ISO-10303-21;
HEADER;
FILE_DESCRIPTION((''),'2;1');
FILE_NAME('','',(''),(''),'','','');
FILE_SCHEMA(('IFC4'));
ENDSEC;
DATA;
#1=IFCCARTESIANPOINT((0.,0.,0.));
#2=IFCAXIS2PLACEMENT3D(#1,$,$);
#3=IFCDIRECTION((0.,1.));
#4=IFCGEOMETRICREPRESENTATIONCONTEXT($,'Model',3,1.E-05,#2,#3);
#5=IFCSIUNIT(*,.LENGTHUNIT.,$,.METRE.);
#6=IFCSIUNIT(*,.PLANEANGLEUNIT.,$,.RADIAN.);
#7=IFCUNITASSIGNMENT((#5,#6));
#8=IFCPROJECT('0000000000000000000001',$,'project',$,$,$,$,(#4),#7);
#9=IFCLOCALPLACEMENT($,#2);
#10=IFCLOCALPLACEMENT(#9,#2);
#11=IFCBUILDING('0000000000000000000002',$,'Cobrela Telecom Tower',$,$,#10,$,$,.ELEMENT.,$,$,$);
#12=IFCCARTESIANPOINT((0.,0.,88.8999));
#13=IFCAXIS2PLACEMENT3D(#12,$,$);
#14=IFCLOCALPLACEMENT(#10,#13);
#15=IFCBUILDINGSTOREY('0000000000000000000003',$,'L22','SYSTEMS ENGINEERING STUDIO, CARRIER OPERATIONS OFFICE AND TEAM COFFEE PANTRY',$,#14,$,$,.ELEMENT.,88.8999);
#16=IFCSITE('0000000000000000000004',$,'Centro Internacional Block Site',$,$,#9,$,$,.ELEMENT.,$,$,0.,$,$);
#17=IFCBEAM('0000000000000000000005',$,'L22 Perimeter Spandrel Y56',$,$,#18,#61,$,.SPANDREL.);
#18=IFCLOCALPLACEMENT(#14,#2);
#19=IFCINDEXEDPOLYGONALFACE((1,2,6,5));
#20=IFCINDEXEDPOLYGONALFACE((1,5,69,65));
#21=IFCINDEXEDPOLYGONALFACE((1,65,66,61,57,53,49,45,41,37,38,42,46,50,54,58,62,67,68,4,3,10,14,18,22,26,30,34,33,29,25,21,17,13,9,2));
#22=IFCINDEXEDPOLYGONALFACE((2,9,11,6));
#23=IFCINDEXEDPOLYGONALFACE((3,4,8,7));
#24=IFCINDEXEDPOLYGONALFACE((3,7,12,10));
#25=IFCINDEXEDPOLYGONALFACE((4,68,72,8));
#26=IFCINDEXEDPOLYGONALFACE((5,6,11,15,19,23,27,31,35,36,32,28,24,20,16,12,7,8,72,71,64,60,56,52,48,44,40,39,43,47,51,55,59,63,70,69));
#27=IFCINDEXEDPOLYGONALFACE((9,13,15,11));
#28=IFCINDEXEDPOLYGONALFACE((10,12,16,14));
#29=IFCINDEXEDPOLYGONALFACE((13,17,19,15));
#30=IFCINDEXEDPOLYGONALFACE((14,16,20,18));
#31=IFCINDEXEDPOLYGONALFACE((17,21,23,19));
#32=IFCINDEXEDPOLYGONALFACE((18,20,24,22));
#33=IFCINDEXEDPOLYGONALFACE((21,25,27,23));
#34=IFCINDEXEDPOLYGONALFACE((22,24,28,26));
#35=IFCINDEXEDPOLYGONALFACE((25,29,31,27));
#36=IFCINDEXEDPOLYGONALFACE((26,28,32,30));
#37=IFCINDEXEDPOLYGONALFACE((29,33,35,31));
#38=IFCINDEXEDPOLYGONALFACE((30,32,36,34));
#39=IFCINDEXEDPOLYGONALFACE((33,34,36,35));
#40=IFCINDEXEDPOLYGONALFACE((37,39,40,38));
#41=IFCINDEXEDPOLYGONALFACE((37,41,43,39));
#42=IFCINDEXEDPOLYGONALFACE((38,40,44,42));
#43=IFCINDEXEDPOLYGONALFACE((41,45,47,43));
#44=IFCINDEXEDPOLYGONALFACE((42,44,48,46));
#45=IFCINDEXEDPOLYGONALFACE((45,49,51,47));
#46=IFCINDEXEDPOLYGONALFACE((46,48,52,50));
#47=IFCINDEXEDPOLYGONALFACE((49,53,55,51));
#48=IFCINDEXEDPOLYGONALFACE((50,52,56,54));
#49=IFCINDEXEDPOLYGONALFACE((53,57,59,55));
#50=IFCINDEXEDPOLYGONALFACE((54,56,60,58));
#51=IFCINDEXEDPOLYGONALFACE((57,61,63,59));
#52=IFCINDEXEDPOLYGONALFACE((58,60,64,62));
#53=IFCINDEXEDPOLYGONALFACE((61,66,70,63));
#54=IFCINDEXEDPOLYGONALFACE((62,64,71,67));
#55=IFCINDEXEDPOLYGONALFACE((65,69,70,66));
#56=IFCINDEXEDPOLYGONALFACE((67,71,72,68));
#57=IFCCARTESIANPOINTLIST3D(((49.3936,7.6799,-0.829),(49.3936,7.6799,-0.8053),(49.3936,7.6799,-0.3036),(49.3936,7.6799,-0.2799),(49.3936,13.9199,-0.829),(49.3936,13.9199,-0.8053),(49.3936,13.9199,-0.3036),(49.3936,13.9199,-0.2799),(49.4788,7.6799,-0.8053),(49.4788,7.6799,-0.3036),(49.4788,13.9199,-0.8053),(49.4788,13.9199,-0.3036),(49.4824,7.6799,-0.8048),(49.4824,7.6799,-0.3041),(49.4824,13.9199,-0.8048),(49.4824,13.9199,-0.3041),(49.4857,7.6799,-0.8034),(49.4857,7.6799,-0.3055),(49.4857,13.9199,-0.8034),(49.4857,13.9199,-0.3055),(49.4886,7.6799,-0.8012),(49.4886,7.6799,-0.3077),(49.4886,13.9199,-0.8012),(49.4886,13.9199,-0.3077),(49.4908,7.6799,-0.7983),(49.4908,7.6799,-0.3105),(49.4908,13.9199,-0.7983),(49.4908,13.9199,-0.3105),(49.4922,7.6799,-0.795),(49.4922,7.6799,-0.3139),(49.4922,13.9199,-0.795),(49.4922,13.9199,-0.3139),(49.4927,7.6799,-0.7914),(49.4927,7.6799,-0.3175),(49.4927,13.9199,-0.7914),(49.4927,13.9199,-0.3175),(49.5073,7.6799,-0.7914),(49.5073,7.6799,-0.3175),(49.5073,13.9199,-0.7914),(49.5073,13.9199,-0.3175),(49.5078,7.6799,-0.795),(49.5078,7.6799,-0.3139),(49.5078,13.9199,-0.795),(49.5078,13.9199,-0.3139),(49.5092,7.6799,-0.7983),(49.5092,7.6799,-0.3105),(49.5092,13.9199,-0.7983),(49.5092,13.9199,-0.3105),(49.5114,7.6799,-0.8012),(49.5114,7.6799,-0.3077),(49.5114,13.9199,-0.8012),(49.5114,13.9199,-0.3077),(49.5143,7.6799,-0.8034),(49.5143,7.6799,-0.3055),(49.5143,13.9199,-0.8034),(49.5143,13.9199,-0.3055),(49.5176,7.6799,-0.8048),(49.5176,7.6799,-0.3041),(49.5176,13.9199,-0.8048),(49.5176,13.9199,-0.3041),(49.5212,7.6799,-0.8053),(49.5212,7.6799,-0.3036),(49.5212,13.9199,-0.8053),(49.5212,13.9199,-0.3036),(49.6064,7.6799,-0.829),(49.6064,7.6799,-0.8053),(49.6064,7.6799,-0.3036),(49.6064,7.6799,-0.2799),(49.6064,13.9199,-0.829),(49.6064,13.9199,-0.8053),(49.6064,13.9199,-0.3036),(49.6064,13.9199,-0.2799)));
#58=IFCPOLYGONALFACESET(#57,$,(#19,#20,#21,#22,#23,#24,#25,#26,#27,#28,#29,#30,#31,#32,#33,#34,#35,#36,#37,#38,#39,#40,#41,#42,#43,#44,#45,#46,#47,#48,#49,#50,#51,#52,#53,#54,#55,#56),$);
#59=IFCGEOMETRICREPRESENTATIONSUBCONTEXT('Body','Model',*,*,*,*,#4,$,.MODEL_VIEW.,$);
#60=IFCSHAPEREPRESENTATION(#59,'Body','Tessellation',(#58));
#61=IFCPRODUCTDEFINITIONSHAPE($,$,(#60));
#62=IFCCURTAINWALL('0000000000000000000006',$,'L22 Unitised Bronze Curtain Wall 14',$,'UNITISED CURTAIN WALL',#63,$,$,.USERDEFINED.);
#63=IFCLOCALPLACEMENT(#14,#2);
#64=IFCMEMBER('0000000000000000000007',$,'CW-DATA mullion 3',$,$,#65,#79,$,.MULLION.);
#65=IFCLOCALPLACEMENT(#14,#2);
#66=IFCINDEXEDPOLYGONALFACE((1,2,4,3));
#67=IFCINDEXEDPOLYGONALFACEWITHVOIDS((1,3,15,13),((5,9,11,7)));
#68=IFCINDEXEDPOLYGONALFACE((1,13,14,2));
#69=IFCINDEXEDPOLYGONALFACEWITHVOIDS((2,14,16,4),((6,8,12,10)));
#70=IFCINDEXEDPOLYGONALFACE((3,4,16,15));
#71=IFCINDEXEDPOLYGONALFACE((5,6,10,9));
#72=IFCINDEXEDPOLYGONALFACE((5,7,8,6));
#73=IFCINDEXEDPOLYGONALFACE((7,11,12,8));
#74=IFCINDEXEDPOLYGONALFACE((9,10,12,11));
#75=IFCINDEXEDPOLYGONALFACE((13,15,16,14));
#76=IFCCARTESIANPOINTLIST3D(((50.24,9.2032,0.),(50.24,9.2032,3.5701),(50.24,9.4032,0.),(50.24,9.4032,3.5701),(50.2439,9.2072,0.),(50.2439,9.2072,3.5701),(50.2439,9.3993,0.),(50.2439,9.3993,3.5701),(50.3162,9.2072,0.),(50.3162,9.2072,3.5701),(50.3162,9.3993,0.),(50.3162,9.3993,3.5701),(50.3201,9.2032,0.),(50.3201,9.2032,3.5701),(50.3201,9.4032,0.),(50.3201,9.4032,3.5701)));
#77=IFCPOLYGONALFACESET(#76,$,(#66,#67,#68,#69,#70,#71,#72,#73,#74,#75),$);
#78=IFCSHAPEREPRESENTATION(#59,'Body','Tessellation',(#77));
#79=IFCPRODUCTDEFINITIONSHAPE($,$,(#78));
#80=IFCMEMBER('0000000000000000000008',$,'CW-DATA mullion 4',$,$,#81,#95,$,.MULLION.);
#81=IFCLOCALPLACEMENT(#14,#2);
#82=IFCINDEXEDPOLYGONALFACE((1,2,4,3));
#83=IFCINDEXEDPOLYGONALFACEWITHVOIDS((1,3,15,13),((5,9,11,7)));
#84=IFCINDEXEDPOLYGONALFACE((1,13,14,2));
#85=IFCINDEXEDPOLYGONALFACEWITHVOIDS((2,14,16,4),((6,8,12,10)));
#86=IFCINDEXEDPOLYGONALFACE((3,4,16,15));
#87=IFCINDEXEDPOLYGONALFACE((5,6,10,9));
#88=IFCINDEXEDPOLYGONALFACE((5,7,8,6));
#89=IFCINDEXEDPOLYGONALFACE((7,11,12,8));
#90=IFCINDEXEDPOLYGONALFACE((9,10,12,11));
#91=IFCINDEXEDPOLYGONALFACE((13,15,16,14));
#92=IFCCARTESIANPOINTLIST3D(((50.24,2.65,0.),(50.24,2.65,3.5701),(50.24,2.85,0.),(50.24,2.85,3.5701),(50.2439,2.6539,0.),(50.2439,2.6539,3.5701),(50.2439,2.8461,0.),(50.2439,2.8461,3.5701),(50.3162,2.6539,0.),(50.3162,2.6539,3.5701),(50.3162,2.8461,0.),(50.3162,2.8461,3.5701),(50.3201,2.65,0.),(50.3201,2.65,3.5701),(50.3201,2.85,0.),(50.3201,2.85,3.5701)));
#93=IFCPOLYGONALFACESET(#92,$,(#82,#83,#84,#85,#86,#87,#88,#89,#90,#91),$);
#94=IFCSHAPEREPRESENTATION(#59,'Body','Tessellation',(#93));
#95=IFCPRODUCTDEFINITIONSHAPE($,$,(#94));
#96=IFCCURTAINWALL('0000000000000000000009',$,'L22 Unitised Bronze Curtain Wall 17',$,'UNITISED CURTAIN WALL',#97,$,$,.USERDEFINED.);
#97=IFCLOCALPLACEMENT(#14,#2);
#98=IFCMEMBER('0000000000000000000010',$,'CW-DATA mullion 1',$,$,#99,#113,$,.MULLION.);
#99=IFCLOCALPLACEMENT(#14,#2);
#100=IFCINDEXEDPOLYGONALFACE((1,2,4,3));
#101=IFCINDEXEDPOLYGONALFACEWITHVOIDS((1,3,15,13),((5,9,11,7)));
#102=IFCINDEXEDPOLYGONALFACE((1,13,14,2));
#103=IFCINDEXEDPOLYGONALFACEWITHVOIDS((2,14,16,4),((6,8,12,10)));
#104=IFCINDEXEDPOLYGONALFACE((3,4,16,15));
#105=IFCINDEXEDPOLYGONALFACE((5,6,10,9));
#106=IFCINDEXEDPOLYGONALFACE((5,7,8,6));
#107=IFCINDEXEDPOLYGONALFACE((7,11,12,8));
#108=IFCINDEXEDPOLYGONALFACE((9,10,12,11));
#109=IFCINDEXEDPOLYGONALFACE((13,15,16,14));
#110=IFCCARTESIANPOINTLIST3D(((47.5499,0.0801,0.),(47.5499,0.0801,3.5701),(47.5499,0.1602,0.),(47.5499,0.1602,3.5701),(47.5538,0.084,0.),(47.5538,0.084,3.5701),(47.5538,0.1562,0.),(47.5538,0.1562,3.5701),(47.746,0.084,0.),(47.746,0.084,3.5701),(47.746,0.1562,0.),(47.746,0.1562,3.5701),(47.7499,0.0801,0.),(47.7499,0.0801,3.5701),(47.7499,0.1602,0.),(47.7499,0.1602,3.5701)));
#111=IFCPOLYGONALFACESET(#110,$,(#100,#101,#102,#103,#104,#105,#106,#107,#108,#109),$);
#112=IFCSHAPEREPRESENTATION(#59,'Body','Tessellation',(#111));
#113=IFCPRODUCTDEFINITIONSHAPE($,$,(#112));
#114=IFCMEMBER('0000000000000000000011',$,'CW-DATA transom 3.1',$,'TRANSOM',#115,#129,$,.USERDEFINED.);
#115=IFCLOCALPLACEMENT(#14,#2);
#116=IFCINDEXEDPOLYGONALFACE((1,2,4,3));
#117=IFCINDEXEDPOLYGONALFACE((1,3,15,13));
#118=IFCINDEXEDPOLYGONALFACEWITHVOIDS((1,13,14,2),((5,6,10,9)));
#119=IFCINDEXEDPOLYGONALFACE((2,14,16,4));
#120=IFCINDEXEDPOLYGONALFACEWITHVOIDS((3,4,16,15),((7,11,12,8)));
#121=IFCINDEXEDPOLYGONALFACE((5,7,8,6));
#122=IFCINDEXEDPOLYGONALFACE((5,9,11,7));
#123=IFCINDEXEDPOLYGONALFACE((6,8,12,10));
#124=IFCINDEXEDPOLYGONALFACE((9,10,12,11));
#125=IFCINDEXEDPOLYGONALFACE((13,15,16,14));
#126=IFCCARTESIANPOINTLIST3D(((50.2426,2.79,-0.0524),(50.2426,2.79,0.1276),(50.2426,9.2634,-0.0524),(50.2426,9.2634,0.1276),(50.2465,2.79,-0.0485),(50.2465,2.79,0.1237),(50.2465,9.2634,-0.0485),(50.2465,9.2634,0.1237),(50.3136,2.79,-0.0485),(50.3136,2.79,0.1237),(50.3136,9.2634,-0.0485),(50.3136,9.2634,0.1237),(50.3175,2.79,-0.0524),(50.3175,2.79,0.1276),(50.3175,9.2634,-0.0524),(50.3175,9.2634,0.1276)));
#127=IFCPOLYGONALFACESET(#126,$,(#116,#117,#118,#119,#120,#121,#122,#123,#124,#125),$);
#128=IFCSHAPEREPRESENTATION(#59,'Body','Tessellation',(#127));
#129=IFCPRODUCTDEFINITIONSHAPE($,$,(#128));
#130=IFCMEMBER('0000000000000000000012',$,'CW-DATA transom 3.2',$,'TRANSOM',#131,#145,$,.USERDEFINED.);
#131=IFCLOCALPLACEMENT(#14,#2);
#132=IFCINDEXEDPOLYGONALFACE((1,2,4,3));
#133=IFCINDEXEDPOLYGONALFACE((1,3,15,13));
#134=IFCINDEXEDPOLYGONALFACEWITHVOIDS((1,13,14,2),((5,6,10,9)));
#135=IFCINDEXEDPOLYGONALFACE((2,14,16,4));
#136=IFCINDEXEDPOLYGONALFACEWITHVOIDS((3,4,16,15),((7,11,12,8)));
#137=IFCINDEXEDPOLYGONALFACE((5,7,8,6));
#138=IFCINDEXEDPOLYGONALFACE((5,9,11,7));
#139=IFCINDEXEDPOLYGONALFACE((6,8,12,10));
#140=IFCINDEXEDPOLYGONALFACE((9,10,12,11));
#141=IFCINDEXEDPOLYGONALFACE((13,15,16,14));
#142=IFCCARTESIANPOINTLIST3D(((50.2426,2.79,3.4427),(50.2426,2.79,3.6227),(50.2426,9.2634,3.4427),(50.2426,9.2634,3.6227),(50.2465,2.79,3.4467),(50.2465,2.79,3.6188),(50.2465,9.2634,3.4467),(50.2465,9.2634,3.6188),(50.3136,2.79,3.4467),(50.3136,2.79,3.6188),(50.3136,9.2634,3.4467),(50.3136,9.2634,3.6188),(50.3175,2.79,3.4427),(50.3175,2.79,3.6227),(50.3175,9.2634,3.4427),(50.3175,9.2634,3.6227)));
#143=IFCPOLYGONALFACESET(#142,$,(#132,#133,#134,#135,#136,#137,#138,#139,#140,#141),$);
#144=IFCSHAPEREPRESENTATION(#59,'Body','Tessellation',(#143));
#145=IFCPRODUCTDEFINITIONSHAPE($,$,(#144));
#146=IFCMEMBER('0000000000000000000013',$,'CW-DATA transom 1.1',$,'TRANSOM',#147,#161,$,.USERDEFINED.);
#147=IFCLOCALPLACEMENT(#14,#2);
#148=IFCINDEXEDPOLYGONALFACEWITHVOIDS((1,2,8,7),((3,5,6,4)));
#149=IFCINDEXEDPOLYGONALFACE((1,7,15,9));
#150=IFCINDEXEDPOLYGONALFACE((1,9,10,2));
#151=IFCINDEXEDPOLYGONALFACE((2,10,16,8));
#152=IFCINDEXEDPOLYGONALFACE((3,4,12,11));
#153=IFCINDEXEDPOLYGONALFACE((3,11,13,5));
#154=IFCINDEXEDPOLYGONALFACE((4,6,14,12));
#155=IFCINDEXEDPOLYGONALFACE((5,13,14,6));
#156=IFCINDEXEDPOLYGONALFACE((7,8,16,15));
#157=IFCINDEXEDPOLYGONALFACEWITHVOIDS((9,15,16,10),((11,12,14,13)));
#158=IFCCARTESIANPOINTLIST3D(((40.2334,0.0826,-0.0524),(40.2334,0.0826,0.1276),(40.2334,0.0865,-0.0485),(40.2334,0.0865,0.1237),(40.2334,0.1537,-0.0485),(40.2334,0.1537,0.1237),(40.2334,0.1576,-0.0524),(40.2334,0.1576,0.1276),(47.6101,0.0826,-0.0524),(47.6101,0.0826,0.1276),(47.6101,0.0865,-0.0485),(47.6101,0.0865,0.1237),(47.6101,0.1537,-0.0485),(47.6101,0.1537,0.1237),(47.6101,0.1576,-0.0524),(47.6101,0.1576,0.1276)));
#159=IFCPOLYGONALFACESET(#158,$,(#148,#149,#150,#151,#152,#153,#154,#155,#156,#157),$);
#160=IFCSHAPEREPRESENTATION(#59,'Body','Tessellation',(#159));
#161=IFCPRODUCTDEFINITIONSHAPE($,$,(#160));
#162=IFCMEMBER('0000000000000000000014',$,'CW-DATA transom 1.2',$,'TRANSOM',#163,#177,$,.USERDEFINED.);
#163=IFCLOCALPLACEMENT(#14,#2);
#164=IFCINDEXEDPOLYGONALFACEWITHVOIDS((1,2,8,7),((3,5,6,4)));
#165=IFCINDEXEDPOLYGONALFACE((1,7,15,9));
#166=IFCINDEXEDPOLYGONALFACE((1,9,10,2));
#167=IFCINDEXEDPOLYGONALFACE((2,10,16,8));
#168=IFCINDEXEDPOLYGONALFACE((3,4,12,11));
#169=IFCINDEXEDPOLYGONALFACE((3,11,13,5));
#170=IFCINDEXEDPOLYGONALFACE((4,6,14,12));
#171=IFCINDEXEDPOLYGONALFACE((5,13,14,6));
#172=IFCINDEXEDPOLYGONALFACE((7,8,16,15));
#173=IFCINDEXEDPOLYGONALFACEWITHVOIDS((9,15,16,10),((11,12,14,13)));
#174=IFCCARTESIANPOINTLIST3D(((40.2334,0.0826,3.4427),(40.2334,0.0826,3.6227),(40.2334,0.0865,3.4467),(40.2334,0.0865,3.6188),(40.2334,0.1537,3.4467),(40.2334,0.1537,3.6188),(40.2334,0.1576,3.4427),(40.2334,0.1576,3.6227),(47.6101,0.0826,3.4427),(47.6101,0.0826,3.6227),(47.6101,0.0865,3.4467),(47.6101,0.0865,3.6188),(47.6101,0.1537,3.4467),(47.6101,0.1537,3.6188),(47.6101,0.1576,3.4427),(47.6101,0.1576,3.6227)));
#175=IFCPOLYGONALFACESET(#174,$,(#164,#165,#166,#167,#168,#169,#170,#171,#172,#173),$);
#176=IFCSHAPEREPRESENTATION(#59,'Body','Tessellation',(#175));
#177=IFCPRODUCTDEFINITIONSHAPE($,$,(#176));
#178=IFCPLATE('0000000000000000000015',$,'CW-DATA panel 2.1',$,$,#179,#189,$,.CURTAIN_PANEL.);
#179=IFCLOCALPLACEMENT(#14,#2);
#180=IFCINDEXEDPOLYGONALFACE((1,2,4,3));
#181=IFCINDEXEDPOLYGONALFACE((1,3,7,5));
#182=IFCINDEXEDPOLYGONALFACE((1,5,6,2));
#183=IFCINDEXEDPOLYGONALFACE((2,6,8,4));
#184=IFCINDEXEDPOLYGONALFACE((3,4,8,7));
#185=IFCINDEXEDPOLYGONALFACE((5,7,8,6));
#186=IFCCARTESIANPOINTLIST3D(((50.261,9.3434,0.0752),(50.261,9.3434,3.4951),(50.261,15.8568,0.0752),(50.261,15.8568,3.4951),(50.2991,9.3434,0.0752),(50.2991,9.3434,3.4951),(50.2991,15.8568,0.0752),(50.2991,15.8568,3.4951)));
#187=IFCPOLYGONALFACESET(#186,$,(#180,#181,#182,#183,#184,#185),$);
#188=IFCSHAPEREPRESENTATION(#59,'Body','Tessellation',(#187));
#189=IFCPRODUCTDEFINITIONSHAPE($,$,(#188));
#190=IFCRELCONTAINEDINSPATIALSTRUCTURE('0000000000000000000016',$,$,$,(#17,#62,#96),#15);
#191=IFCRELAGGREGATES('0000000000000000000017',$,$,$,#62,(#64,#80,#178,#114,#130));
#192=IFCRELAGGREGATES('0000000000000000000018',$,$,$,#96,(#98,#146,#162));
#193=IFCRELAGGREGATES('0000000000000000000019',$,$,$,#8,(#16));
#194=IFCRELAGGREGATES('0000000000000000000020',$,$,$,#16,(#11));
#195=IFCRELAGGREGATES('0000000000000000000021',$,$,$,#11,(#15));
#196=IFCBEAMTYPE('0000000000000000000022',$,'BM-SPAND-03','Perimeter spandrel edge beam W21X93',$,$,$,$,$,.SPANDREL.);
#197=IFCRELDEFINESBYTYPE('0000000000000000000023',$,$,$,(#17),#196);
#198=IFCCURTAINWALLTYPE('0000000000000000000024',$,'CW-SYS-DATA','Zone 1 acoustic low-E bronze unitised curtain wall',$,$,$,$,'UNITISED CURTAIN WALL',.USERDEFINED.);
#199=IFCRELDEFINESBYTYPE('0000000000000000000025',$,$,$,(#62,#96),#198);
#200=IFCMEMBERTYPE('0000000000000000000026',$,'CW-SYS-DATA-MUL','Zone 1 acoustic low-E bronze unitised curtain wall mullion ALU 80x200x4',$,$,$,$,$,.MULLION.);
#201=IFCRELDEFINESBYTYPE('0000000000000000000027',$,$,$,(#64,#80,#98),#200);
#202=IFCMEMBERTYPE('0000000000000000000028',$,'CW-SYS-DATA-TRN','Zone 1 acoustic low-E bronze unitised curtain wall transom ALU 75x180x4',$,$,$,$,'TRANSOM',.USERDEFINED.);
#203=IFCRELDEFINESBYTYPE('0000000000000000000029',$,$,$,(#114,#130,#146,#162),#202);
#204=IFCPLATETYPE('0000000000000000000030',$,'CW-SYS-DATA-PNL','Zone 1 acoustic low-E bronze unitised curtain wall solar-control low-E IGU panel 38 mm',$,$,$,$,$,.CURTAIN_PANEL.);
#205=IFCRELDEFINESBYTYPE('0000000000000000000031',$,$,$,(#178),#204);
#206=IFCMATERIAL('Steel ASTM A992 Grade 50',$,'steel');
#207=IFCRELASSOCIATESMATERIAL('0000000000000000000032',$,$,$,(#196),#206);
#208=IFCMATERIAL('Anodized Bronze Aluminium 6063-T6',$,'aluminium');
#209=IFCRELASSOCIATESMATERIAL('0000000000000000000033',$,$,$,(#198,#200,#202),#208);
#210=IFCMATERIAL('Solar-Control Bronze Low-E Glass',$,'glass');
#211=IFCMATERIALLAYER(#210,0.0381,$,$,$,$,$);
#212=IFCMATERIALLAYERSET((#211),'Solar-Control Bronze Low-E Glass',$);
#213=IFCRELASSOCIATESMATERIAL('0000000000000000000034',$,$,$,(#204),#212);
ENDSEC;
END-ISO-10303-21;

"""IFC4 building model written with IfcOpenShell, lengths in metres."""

from ifc_helpers import new_model, si_unit, direction, frame, origin, origin_2d, place, context, subcontext, project, spatial, rectangle, hollow_rectangle, i_section, extrude, material, layer, layer_set, material_profile, profile_set, type_object, element, aggregate, save


model = new_model("IFC4")

# Units and contexts
model_context = context("Model", 3, precision=1e-05, world=origin(), true_north=direction((0.0, 1.0)))
body_context = subcontext(model_context, "Body", "Model", "MODEL_VIEW")
ifc_project = project(units=[si_unit("LENGTHUNIT", "METRE"), si_unit("PLANEANGLEUNIT", "RADIAN")], contexts=[model_context])

# Site, building, storey
site_placement = place(None, origin())
site = spatial("IfcSite", under=ifc_project, at=site_placement, Name="Centro Internacional Block Site", CompositionType="ELEMENT", RefElevation=0.0)
building_placement = place(site_placement, origin())
building = spatial("IfcBuilding", under=site, at=building_placement, Name="Cobrela Telecom Tower", CompositionType="ELEMENT")
storey_placement = place(building_placement, frame((0.0, 0.0, 88.8999)))
storey = spatial("IfcBuildingStorey", under=building, at=storey_placement, Name="L22", Description="SYSTEMS ENGINEERING STUDIO, CARRIER OPERATIONS OFFICE AND TEAM COFFEE PANTRY", CompositionType="ELEMENT", Elevation=88.8999)

# Shared definitions
ifc_material_1 = material(Name="Steel ASTM A992 Grade 50", Category="steel")

# Beam
ifc_material_profile_1 = material_profile(ifc_material_1, i_section(OverallWidth=0.2129, OverallDepth=0.5491, WebThickness=0.0146, FlangeThickness=0.0237, FilletRadius=0.0139, at=origin_2d()), Name="W21X93")
ifc_profile_set_1 = profile_set([ifc_material_profile_1], Name="Steel ASTM A992 Grade 50")
beam_type_1 = type_object("IfcBeamType", Name="BM-SPAND-03", Description="Perimeter spandrel edge beam W21X93", PredefinedType="SPANDREL", material=ifc_profile_set_1)
beam_1_placement = place(storey_placement, frame((49.5, 7.6799, -0.5544), z_axis=(0.0, 1.0, 0.0), x_axis=(-1.0, 0.0, 0.0)))
element("IfcBeam", 1, at=beam_1_placement, inside=storey, type_object=beam_type_1, Name="L22 Perimeter Spandrel Y56", PredefinedType="SPANDREL", context=body_context, shape_type="SweptSolid", body=[
    extrude(i_section(OverallWidth=0.2129, OverallDepth=0.5491, WebThickness=0.0146, FlangeThickness=0.0237, FilletRadius=0.0139, at=origin_2d()), origin(), (0.0, 0.0, 1.0), 6.24),
])

# Curtain wall, members
ifc_material_2 = material(Name="Anodized Bronze Aluminium 6063-T6", Category="aluminium")
curtain_wall_type = type_object("IfcCurtainWallType", Name="CW-SYS-DATA", Description="Zone 1 acoustic low-E bronze unitised curtain wall", ElementType="UNITISED CURTAIN WALL", PredefinedType="USERDEFINED", material=ifc_material_2)
curtain_wall_1_placement = place(storey_placement, origin())
curtain_wall_1 = element("IfcCurtainWall", 2, at=curtain_wall_1_placement, inside=storey, type_object=curtain_wall_type, Name="L22 Unitised Bronze Curtain Wall 14", ObjectType="UNITISED CURTAIN WALL", PredefinedType="USERDEFINED")
ifc_material_profile_2 = material_profile(ifc_material_2, hollow_rectangle(XDim=0.0801, YDim=0.2, WallThickness=0.0039, at=origin_2d()), Name="ALU 80x200x4")
ifc_profile_set_2 = profile_set([ifc_material_profile_2], Name="Anodized Bronze Aluminium 6063-T6")
member_type_1 = type_object("IfcMemberType", Name="CW-SYS-DATA-MUL", Description="Zone 1 acoustic low-E bronze unitised curtain wall mullion ALU 80x200x4", PredefinedType="MULLION", material=ifc_profile_set_2)
member_1_placement = place(storey_placement, frame((50.28, 9.3032, 0.0), z_axis=(0.0, 0.0, 1.0), x_axis=(1.0, 0.0, 0.0)))
member_1 = element("IfcMember", 3, at=member_1_placement, type_object=member_type_1, Name="CW-DATA mullion 3", PredefinedType="MULLION", context=body_context, shape_type="SweptSolid", body=[
    extrude(hollow_rectangle(XDim=0.0801, YDim=0.2, WallThickness=0.0039, at=origin_2d()), origin(), (0.0, 0.0, 1.0), 3.5701),
])
member_2_placement = place(storey_placement, frame((50.28, 2.75, 0.0), z_axis=(0.0, 0.0, 1.0), x_axis=(1.0, 0.0, 0.0)))
member_2 = element("IfcMember", 4, at=member_2_placement, type_object=member_type_1, Name="CW-DATA mullion 4", PredefinedType="MULLION", context=body_context, shape_type="SweptSolid", body=[
    extrude(hollow_rectangle(XDim=0.0801, YDim=0.2, WallThickness=0.0039, at=origin_2d()), origin(), (0.0, 0.0, 1.0), 3.5701),
])

# Curtain wall, member
curtain_wall_2_placement = place(storey_placement, origin())
curtain_wall_2 = element("IfcCurtainWall", 5, at=curtain_wall_2_placement, inside=storey, type_object=curtain_wall_type, Name="L22 Unitised Bronze Curtain Wall 17", ObjectType="UNITISED CURTAIN WALL", PredefinedType="USERDEFINED")
member_3_placement = place(storey_placement, frame((47.6499, 0.1201, 0.0), z_axis=(0.0, 0.0, 1.0), x_axis=(0.0, -1.0, 0.0)))
member_3 = element("IfcMember", 6, at=member_3_placement, type_object=member_type_1, Name="CW-DATA mullion 1", PredefinedType="MULLION", context=body_context, shape_type="SweptSolid", body=[
    extrude(hollow_rectangle(XDim=0.0801, YDim=0.2, WallThickness=0.0039, at=origin_2d()), origin(), (0.0, 0.0, 1.0), 3.5701),
])

# Members
ifc_material_profile_3 = material_profile(ifc_material_2, hollow_rectangle(XDim=0.075, YDim=0.1799, WallThickness=0.0039, at=origin_2d()), Name="ALU 75x180x4")
ifc_profile_set_3 = profile_set([ifc_material_profile_3], Name="Anodized Bronze Aluminium 6063-T6")
member_type_2 = type_object("IfcMemberType", Name="CW-SYS-DATA-TRN", Description="Zone 1 acoustic low-E bronze unitised curtain wall transom ALU 75x180x4", ElementType="TRANSOM", PredefinedType="USERDEFINED", material=ifc_profile_set_3)
member_4_placement = place(storey_placement, frame((50.28, 9.2634, 0.0376), z_axis=(0.0, -1.0, 0.0), x_axis=(1.0, 0.0, 0.0)))
member_4 = element("IfcMember", 7, at=member_4_placement, type_object=member_type_2, Name="CW-DATA transom 3.1", ObjectType="TRANSOM", PredefinedType="USERDEFINED", context=body_context, shape_type="SweptSolid", body=[
    extrude(hollow_rectangle(XDim=0.075, YDim=0.1799, WallThickness=0.0039, at=origin_2d()), origin(), (0.0, 0.0, 1.0), 6.4734),
])
member_5_placement = place(storey_placement, frame((50.28, 9.2634, 3.5327), z_axis=(0.0, -1.0, 0.0), x_axis=(1.0, 0.0, 0.0)))
member_5 = element("IfcMember", 8, at=member_5_placement, type_object=member_type_2, Name="CW-DATA transom 3.2", ObjectType="TRANSOM", PredefinedType="USERDEFINED", context=body_context, shape_type="SweptSolid", body=[
    extrude(hollow_rectangle(XDim=0.075, YDim=0.1799, WallThickness=0.0039, at=origin_2d()), origin(), (0.0, 0.0, 1.0), 6.4734),
])
member_6_placement = place(storey_placement, frame((47.6101, 0.1201, 0.0376), z_axis=(-1.0, 0.0, 0.0), x_axis=(0.0, -1.0, 0.0)))
member_6 = element("IfcMember", 9, at=member_6_placement, type_object=member_type_2, Name="CW-DATA transom 1.1", ObjectType="TRANSOM", PredefinedType="USERDEFINED", context=body_context, shape_type="SweptSolid", body=[
    extrude(hollow_rectangle(XDim=0.075, YDim=0.1799, WallThickness=0.0039, at=origin_2d()), origin(), (0.0, 0.0, 1.0), 7.3767),
])
member_7_placement = place(storey_placement, frame((47.6101, 0.1201, 3.5327), z_axis=(-1.0, 0.0, 0.0), x_axis=(0.0, -1.0, 0.0)))
member_7 = element("IfcMember", 10, at=member_7_placement, type_object=member_type_2, Name="CW-DATA transom 1.2", ObjectType="TRANSOM", PredefinedType="USERDEFINED", context=body_context, shape_type="SweptSolid", body=[
    extrude(hollow_rectangle(XDim=0.075, YDim=0.1799, WallThickness=0.0039, at=origin_2d()), origin(), (0.0, 0.0, 1.0), 7.3767),
])

# Plate
ifc_material_3 = material(Name="Solar-Control Bronze Low-E Glass", Category="glass")
ifc_layer_1 = layer(ifc_material_3, 0.0381)
ifc_layer_set_1 = layer_set([ifc_layer_1], Name="Solar-Control Bronze Low-E Glass")
plate_type = type_object("IfcPlateType", Name="CW-SYS-DATA-PNL", Description="Zone 1 acoustic low-E bronze unitised curtain wall solar-control low-E IGU panel 38 mm", PredefinedType="CURTAIN_PANEL", material=ifc_layer_set_1)
plate_1_placement = place(storey_placement, frame((50.28, 12.6001, 0.0752), z_axis=(0.0, 0.0, 1.0), x_axis=(0.0, -1.0, 0.0)))
plate_1 = element("IfcPlate", 11, at=plate_1_placement, type_object=plate_type, Name="CW-DATA panel 2.1", PredefinedType="CURTAIN_PANEL", context=body_context, shape_type="SweptSolid", body=[
    extrude(rectangle(XDim=6.5134, YDim=0.0381, at=origin_2d()), origin(), (0.0, 0.0, 1.0), 3.4199),
])
aggregate(curtain_wall_1, [member_1, member_2, plate_1, member_4, member_5])
aggregate(curtain_wall_2, [member_3, member_6, member_7])

save(model, "model.ifc")
